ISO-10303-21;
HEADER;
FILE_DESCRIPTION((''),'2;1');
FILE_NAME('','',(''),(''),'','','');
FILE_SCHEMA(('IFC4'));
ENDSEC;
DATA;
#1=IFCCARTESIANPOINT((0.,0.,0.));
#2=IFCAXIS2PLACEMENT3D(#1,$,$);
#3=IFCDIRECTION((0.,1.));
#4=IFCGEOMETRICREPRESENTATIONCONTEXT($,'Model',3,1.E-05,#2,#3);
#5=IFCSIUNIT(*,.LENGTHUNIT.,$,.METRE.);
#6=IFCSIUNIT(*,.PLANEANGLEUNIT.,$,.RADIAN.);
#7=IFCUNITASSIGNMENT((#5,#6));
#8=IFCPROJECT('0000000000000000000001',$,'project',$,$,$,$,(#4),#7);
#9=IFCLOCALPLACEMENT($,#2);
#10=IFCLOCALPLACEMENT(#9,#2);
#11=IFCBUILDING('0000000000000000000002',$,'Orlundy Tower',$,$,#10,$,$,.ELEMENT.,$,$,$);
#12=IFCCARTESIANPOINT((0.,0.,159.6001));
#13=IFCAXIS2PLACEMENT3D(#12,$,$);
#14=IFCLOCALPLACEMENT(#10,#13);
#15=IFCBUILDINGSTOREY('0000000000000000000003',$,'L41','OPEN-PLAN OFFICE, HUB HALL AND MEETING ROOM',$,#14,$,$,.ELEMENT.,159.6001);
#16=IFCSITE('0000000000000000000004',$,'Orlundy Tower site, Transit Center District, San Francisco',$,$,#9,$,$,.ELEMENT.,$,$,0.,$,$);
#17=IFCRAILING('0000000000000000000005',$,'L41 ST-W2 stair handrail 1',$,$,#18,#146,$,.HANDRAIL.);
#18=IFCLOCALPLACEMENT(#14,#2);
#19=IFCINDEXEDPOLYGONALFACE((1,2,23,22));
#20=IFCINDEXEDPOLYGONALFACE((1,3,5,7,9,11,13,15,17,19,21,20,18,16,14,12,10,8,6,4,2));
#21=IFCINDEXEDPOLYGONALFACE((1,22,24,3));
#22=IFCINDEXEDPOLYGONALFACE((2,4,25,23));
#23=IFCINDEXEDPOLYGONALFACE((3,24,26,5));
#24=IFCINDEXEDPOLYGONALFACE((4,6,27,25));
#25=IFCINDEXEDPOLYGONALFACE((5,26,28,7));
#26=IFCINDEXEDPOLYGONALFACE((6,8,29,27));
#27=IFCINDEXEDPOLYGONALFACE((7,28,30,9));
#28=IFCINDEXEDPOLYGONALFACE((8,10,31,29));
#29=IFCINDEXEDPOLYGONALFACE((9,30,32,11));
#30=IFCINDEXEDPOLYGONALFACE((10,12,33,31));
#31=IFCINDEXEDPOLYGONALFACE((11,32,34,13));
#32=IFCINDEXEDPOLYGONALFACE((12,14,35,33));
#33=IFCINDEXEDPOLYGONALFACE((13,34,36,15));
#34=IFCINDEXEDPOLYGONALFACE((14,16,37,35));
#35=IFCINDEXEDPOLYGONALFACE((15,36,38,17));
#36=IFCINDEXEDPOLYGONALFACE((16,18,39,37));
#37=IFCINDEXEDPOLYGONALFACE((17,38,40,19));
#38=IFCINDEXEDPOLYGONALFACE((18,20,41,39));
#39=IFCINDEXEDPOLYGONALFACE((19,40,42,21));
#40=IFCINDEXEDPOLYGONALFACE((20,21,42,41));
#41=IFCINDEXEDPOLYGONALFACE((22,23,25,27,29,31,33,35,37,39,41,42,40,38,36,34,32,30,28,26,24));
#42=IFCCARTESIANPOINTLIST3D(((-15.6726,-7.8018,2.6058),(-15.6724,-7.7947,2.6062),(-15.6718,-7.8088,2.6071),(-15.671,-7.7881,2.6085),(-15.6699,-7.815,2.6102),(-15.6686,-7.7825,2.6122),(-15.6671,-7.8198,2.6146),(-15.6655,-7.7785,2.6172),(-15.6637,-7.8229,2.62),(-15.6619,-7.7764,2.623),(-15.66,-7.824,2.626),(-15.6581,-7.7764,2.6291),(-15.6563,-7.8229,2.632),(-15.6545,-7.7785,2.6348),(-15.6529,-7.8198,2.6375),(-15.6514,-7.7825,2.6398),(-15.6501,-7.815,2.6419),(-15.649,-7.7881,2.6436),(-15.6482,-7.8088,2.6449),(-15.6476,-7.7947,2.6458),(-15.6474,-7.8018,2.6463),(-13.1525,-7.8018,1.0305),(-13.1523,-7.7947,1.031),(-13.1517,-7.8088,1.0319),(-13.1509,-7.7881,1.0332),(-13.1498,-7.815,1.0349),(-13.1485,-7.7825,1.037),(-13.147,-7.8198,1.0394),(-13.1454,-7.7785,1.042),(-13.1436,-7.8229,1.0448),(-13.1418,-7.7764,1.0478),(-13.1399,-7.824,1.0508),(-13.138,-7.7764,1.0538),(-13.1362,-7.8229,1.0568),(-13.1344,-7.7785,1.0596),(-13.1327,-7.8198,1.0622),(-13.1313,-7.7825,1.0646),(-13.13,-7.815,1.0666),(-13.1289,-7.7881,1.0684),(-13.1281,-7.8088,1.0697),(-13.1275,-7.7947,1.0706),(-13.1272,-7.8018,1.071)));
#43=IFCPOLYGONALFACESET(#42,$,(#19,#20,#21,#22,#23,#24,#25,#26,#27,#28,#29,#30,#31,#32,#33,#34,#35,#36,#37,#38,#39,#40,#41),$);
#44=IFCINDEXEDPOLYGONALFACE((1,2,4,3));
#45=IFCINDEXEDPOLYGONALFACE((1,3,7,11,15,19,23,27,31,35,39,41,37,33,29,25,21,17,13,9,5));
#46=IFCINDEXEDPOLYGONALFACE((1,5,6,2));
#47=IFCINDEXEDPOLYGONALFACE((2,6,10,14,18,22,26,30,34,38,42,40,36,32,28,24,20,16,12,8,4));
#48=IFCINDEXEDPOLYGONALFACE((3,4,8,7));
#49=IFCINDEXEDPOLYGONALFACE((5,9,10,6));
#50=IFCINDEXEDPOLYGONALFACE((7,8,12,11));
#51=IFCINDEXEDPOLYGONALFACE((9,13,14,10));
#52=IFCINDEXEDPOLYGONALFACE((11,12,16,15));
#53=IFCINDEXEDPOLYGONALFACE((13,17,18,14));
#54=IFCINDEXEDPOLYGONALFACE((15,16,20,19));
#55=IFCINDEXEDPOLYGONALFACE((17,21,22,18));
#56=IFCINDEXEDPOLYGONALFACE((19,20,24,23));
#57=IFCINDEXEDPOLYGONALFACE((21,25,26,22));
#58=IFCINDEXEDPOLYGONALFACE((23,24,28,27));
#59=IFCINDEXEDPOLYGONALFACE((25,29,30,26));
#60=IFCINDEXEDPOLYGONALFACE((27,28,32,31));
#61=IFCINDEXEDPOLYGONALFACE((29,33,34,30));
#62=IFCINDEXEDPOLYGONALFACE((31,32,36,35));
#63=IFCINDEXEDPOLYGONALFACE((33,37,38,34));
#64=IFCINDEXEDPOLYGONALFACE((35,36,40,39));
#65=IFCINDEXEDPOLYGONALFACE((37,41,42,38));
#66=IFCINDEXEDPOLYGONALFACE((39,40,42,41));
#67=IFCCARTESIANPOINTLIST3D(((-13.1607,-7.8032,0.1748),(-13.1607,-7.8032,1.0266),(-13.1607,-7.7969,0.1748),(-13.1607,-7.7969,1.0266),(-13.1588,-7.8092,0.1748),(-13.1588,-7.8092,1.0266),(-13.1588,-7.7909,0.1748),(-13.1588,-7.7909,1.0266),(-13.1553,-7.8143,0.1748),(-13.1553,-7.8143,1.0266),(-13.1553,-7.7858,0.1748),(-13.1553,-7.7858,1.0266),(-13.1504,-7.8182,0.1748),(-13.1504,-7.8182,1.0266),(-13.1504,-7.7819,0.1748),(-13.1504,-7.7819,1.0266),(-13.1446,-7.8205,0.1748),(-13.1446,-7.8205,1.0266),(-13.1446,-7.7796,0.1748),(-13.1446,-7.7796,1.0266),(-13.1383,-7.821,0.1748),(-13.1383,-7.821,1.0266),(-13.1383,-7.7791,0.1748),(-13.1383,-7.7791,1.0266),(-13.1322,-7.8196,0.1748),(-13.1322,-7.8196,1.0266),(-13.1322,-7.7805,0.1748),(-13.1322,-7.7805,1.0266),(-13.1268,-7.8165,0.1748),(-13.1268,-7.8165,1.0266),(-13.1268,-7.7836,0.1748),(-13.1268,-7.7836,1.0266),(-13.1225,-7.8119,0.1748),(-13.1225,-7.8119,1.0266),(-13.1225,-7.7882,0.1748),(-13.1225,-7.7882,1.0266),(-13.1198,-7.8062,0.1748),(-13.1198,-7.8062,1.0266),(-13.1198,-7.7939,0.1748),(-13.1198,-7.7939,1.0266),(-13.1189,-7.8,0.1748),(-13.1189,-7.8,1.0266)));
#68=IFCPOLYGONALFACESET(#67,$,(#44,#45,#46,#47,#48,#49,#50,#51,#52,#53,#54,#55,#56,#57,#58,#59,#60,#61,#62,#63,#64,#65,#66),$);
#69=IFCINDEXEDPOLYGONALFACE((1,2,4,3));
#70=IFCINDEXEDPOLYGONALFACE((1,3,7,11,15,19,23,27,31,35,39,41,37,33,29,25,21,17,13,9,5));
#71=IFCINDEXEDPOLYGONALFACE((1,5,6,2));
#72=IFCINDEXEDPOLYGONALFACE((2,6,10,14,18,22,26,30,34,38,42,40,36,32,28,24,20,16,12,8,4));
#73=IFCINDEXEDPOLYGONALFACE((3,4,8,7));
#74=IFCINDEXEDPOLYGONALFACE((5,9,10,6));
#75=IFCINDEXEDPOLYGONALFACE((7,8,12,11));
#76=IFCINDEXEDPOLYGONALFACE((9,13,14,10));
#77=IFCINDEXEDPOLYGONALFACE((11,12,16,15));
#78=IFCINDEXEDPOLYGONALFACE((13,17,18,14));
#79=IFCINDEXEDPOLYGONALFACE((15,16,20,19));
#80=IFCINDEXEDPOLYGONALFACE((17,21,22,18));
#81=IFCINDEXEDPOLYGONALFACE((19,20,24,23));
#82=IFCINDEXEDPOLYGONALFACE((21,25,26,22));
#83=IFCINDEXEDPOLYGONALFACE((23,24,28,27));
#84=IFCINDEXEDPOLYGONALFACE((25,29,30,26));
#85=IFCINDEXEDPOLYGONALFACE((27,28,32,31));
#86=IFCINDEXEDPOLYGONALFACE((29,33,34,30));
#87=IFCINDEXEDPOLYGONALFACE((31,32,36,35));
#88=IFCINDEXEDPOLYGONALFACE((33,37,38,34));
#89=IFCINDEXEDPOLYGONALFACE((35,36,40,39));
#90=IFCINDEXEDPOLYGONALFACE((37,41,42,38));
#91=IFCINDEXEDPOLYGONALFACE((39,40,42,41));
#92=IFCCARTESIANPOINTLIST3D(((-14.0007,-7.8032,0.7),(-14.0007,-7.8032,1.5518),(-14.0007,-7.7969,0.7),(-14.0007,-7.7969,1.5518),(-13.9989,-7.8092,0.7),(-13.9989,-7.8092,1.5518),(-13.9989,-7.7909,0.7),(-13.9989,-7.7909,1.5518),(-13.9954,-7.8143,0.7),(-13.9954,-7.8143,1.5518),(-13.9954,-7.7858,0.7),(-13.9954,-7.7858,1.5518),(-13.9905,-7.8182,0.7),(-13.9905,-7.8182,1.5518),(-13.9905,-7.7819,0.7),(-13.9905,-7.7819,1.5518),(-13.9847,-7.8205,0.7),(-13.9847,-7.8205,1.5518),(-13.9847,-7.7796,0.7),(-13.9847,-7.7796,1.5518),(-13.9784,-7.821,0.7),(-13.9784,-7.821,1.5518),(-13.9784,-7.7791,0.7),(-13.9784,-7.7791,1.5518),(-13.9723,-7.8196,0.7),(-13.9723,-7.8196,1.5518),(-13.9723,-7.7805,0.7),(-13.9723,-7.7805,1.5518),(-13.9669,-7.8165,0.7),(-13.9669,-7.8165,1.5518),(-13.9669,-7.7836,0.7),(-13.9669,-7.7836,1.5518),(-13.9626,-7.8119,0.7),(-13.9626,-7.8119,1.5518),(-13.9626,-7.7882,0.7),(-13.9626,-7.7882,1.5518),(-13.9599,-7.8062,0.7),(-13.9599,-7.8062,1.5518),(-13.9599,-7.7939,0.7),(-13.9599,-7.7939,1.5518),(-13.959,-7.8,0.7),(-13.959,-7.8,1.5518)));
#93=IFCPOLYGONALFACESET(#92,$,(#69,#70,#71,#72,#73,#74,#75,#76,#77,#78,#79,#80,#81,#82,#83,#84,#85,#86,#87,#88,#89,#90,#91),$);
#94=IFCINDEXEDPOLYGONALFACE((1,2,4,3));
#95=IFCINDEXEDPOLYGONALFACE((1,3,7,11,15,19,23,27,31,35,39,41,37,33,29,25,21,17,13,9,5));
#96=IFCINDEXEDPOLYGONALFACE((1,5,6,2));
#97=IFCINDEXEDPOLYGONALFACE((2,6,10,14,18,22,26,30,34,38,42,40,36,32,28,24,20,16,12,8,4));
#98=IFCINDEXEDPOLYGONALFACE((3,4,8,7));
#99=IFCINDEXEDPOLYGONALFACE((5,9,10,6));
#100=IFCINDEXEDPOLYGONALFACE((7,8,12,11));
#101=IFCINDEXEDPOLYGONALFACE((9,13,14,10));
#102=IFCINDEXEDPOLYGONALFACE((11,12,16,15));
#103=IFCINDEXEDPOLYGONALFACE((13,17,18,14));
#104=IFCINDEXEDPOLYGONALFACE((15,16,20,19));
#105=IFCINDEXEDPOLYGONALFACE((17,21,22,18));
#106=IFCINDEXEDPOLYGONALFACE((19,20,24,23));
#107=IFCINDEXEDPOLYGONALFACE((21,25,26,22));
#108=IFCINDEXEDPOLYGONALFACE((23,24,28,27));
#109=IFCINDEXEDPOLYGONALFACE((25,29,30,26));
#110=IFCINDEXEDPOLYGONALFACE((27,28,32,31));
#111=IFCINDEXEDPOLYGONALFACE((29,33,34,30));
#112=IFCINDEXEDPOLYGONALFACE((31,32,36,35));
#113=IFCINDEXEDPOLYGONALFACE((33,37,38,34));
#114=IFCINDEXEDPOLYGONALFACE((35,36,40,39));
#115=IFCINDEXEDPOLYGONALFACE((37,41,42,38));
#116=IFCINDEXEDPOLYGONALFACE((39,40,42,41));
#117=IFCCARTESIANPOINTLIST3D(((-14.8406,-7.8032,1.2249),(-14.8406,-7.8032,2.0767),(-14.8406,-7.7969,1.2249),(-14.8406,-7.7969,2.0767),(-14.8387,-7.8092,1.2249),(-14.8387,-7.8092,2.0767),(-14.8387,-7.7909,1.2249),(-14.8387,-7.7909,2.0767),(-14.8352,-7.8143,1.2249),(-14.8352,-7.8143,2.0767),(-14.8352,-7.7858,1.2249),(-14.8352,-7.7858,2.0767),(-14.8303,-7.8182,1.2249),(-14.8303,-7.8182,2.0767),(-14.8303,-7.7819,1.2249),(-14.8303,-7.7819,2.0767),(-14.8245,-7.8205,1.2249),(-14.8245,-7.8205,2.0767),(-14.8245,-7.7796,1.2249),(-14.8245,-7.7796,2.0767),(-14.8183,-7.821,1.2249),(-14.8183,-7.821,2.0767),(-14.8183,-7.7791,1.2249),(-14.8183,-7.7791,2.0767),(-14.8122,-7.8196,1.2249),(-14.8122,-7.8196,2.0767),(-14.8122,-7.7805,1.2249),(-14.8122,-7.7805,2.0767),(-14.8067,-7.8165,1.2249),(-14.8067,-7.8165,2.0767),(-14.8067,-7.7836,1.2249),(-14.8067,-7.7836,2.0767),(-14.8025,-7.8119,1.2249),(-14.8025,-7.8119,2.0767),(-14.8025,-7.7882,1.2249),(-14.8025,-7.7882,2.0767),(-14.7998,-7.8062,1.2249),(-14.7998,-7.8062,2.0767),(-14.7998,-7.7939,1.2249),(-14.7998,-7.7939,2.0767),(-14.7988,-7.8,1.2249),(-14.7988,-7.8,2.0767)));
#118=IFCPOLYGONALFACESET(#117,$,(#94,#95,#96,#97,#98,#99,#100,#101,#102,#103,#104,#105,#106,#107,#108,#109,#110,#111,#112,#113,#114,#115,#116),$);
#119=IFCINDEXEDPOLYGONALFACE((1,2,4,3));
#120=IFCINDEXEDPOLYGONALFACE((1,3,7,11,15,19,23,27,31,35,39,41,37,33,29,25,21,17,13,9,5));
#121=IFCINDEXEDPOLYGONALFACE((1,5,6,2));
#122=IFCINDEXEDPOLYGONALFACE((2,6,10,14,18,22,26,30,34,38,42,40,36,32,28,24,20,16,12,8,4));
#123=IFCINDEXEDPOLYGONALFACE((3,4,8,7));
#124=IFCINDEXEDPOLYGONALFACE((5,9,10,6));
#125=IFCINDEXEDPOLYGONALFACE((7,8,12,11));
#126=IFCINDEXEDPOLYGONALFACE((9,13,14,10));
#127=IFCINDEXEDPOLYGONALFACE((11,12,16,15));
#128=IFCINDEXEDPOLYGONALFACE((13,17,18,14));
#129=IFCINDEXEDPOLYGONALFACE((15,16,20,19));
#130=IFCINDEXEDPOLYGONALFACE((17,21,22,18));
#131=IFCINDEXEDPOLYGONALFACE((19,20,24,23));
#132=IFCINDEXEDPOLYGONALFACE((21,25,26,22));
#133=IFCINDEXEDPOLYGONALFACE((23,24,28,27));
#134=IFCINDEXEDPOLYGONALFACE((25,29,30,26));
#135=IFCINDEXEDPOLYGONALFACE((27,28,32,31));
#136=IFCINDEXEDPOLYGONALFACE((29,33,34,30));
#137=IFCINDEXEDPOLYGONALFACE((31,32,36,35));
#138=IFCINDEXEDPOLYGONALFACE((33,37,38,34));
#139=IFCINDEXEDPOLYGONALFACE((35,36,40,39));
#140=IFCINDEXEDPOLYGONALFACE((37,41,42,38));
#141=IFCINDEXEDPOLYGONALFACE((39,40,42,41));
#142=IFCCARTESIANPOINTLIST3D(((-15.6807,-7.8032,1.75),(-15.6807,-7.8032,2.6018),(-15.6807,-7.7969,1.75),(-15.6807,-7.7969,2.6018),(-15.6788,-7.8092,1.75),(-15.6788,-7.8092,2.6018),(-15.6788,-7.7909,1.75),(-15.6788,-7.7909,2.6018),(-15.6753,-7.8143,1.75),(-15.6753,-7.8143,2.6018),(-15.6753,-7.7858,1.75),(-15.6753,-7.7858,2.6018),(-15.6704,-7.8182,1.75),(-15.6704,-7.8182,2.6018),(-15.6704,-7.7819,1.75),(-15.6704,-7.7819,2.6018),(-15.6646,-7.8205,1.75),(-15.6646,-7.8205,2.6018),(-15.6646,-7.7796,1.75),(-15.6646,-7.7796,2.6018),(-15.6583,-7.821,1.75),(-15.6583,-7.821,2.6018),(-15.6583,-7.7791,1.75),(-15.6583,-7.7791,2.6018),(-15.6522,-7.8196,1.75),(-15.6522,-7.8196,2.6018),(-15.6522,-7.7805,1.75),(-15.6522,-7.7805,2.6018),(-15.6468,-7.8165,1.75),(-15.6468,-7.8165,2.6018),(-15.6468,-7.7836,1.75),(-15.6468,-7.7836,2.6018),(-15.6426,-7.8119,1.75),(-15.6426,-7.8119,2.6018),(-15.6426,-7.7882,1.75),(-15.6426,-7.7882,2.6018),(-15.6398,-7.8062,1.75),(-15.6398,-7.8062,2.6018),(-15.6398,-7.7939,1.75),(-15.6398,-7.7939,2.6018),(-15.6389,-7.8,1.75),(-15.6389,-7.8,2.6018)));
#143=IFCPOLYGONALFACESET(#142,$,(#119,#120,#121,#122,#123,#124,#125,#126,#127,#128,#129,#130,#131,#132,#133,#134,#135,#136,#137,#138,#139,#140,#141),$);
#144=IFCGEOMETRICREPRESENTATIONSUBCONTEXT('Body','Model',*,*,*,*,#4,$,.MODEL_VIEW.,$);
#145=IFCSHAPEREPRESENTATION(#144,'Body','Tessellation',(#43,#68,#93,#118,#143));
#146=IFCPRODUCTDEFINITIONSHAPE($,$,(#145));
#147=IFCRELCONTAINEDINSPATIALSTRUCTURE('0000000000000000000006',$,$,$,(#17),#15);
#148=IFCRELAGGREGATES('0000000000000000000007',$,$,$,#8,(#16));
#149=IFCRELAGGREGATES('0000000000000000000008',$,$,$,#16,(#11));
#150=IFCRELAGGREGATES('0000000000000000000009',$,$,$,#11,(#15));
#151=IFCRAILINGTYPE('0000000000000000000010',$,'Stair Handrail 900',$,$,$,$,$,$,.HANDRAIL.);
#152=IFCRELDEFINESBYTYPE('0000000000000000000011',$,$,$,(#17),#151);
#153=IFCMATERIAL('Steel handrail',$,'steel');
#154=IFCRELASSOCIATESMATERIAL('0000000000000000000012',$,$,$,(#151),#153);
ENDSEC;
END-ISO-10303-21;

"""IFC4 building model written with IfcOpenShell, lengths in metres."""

from ifc_helpers import new_model, si_unit, direction, frame, origin, origin_2d, place, context, subcontext, project, spatial, circle, extrude, material, type_object, element, save


model = new_model("IFC4")

# Units and contexts
model_context = context("Model", 3, precision=1e-05, world=origin(), true_north=direction((0.0, 1.0)))
body_context = subcontext(model_context, "Body", "Model", "MODEL_VIEW")
ifc_project = project(units=[si_unit("LENGTHUNIT", "METRE"), si_unit("PLANEANGLEUNIT", "RADIAN")], contexts=[model_context])

# Site, building, storey
site_placement = place(None, origin())
site = spatial("IfcSite", under=ifc_project, at=site_placement, Name="Orlundy Tower site, Transit Center District, San Francisco", CompositionType="ELEMENT", RefElevation=0.0)
building_placement = place(site_placement, origin())
building = spatial("IfcBuilding", under=site, at=building_placement, Name="Orlundy Tower", CompositionType="ELEMENT")
storey_placement = place(building_placement, frame((0.0, 0.0, 159.6001)))
storey = spatial("IfcBuildingStorey", under=building, at=storey_placement, Name="L41", Description="OPEN-PLAN OFFICE, HUB HALL AND MEETING ROOM", CompositionType="ELEMENT", Elevation=159.6001)

# Railing
ifc_material_1 = material(Name="Steel handrail", Category="steel")
railing_type_1 = type_object("IfcRailingType", Name="Stair Handrail 900", PredefinedType="HANDRAIL", material=ifc_material_1)
railing_1_placement = place(storey_placement, frame((-13.1399, -7.8, 0.1748)))
element("IfcRailing", 1, at=railing_1_placement, inside=storey, type_object=railing_type_1, Name="L41 ST-W2 stair handrail 1", PredefinedType="HANDRAIL", context=body_context, shape_type="SweptSolid", body=[
    extrude(circle(Radius=0.0239, at=origin_2d()), frame((0.0, 0.0, 0.876), z_axis=(-0.847971, 0.0, 0.530043), x_axis=(0.0, -1.0, 0.0)), (0.0, 0.0, 1.0), 2.9719),
    extrude(circle(Radius=0.021, at=origin_2d()), origin(), (0.0, 0.0, 1.0), 0.8518),
    extrude(circle(Radius=0.021, at=origin_2d()), frame((-0.8401, 0.0, 0.5251)), (0.0, 0.0, 1.0), 0.8518),
    extrude(circle(Radius=0.021, at=origin_2d()), frame((-1.6799, 0.0, 1.05)), (0.0, 0.0, 1.0), 0.8518),
    extrude(circle(Radius=0.021, at=origin_2d()), frame((-2.52, 0.0, 1.5752)), (0.0, 0.0, 1.0), 0.8518),
])

save(model, "model.ifc")
